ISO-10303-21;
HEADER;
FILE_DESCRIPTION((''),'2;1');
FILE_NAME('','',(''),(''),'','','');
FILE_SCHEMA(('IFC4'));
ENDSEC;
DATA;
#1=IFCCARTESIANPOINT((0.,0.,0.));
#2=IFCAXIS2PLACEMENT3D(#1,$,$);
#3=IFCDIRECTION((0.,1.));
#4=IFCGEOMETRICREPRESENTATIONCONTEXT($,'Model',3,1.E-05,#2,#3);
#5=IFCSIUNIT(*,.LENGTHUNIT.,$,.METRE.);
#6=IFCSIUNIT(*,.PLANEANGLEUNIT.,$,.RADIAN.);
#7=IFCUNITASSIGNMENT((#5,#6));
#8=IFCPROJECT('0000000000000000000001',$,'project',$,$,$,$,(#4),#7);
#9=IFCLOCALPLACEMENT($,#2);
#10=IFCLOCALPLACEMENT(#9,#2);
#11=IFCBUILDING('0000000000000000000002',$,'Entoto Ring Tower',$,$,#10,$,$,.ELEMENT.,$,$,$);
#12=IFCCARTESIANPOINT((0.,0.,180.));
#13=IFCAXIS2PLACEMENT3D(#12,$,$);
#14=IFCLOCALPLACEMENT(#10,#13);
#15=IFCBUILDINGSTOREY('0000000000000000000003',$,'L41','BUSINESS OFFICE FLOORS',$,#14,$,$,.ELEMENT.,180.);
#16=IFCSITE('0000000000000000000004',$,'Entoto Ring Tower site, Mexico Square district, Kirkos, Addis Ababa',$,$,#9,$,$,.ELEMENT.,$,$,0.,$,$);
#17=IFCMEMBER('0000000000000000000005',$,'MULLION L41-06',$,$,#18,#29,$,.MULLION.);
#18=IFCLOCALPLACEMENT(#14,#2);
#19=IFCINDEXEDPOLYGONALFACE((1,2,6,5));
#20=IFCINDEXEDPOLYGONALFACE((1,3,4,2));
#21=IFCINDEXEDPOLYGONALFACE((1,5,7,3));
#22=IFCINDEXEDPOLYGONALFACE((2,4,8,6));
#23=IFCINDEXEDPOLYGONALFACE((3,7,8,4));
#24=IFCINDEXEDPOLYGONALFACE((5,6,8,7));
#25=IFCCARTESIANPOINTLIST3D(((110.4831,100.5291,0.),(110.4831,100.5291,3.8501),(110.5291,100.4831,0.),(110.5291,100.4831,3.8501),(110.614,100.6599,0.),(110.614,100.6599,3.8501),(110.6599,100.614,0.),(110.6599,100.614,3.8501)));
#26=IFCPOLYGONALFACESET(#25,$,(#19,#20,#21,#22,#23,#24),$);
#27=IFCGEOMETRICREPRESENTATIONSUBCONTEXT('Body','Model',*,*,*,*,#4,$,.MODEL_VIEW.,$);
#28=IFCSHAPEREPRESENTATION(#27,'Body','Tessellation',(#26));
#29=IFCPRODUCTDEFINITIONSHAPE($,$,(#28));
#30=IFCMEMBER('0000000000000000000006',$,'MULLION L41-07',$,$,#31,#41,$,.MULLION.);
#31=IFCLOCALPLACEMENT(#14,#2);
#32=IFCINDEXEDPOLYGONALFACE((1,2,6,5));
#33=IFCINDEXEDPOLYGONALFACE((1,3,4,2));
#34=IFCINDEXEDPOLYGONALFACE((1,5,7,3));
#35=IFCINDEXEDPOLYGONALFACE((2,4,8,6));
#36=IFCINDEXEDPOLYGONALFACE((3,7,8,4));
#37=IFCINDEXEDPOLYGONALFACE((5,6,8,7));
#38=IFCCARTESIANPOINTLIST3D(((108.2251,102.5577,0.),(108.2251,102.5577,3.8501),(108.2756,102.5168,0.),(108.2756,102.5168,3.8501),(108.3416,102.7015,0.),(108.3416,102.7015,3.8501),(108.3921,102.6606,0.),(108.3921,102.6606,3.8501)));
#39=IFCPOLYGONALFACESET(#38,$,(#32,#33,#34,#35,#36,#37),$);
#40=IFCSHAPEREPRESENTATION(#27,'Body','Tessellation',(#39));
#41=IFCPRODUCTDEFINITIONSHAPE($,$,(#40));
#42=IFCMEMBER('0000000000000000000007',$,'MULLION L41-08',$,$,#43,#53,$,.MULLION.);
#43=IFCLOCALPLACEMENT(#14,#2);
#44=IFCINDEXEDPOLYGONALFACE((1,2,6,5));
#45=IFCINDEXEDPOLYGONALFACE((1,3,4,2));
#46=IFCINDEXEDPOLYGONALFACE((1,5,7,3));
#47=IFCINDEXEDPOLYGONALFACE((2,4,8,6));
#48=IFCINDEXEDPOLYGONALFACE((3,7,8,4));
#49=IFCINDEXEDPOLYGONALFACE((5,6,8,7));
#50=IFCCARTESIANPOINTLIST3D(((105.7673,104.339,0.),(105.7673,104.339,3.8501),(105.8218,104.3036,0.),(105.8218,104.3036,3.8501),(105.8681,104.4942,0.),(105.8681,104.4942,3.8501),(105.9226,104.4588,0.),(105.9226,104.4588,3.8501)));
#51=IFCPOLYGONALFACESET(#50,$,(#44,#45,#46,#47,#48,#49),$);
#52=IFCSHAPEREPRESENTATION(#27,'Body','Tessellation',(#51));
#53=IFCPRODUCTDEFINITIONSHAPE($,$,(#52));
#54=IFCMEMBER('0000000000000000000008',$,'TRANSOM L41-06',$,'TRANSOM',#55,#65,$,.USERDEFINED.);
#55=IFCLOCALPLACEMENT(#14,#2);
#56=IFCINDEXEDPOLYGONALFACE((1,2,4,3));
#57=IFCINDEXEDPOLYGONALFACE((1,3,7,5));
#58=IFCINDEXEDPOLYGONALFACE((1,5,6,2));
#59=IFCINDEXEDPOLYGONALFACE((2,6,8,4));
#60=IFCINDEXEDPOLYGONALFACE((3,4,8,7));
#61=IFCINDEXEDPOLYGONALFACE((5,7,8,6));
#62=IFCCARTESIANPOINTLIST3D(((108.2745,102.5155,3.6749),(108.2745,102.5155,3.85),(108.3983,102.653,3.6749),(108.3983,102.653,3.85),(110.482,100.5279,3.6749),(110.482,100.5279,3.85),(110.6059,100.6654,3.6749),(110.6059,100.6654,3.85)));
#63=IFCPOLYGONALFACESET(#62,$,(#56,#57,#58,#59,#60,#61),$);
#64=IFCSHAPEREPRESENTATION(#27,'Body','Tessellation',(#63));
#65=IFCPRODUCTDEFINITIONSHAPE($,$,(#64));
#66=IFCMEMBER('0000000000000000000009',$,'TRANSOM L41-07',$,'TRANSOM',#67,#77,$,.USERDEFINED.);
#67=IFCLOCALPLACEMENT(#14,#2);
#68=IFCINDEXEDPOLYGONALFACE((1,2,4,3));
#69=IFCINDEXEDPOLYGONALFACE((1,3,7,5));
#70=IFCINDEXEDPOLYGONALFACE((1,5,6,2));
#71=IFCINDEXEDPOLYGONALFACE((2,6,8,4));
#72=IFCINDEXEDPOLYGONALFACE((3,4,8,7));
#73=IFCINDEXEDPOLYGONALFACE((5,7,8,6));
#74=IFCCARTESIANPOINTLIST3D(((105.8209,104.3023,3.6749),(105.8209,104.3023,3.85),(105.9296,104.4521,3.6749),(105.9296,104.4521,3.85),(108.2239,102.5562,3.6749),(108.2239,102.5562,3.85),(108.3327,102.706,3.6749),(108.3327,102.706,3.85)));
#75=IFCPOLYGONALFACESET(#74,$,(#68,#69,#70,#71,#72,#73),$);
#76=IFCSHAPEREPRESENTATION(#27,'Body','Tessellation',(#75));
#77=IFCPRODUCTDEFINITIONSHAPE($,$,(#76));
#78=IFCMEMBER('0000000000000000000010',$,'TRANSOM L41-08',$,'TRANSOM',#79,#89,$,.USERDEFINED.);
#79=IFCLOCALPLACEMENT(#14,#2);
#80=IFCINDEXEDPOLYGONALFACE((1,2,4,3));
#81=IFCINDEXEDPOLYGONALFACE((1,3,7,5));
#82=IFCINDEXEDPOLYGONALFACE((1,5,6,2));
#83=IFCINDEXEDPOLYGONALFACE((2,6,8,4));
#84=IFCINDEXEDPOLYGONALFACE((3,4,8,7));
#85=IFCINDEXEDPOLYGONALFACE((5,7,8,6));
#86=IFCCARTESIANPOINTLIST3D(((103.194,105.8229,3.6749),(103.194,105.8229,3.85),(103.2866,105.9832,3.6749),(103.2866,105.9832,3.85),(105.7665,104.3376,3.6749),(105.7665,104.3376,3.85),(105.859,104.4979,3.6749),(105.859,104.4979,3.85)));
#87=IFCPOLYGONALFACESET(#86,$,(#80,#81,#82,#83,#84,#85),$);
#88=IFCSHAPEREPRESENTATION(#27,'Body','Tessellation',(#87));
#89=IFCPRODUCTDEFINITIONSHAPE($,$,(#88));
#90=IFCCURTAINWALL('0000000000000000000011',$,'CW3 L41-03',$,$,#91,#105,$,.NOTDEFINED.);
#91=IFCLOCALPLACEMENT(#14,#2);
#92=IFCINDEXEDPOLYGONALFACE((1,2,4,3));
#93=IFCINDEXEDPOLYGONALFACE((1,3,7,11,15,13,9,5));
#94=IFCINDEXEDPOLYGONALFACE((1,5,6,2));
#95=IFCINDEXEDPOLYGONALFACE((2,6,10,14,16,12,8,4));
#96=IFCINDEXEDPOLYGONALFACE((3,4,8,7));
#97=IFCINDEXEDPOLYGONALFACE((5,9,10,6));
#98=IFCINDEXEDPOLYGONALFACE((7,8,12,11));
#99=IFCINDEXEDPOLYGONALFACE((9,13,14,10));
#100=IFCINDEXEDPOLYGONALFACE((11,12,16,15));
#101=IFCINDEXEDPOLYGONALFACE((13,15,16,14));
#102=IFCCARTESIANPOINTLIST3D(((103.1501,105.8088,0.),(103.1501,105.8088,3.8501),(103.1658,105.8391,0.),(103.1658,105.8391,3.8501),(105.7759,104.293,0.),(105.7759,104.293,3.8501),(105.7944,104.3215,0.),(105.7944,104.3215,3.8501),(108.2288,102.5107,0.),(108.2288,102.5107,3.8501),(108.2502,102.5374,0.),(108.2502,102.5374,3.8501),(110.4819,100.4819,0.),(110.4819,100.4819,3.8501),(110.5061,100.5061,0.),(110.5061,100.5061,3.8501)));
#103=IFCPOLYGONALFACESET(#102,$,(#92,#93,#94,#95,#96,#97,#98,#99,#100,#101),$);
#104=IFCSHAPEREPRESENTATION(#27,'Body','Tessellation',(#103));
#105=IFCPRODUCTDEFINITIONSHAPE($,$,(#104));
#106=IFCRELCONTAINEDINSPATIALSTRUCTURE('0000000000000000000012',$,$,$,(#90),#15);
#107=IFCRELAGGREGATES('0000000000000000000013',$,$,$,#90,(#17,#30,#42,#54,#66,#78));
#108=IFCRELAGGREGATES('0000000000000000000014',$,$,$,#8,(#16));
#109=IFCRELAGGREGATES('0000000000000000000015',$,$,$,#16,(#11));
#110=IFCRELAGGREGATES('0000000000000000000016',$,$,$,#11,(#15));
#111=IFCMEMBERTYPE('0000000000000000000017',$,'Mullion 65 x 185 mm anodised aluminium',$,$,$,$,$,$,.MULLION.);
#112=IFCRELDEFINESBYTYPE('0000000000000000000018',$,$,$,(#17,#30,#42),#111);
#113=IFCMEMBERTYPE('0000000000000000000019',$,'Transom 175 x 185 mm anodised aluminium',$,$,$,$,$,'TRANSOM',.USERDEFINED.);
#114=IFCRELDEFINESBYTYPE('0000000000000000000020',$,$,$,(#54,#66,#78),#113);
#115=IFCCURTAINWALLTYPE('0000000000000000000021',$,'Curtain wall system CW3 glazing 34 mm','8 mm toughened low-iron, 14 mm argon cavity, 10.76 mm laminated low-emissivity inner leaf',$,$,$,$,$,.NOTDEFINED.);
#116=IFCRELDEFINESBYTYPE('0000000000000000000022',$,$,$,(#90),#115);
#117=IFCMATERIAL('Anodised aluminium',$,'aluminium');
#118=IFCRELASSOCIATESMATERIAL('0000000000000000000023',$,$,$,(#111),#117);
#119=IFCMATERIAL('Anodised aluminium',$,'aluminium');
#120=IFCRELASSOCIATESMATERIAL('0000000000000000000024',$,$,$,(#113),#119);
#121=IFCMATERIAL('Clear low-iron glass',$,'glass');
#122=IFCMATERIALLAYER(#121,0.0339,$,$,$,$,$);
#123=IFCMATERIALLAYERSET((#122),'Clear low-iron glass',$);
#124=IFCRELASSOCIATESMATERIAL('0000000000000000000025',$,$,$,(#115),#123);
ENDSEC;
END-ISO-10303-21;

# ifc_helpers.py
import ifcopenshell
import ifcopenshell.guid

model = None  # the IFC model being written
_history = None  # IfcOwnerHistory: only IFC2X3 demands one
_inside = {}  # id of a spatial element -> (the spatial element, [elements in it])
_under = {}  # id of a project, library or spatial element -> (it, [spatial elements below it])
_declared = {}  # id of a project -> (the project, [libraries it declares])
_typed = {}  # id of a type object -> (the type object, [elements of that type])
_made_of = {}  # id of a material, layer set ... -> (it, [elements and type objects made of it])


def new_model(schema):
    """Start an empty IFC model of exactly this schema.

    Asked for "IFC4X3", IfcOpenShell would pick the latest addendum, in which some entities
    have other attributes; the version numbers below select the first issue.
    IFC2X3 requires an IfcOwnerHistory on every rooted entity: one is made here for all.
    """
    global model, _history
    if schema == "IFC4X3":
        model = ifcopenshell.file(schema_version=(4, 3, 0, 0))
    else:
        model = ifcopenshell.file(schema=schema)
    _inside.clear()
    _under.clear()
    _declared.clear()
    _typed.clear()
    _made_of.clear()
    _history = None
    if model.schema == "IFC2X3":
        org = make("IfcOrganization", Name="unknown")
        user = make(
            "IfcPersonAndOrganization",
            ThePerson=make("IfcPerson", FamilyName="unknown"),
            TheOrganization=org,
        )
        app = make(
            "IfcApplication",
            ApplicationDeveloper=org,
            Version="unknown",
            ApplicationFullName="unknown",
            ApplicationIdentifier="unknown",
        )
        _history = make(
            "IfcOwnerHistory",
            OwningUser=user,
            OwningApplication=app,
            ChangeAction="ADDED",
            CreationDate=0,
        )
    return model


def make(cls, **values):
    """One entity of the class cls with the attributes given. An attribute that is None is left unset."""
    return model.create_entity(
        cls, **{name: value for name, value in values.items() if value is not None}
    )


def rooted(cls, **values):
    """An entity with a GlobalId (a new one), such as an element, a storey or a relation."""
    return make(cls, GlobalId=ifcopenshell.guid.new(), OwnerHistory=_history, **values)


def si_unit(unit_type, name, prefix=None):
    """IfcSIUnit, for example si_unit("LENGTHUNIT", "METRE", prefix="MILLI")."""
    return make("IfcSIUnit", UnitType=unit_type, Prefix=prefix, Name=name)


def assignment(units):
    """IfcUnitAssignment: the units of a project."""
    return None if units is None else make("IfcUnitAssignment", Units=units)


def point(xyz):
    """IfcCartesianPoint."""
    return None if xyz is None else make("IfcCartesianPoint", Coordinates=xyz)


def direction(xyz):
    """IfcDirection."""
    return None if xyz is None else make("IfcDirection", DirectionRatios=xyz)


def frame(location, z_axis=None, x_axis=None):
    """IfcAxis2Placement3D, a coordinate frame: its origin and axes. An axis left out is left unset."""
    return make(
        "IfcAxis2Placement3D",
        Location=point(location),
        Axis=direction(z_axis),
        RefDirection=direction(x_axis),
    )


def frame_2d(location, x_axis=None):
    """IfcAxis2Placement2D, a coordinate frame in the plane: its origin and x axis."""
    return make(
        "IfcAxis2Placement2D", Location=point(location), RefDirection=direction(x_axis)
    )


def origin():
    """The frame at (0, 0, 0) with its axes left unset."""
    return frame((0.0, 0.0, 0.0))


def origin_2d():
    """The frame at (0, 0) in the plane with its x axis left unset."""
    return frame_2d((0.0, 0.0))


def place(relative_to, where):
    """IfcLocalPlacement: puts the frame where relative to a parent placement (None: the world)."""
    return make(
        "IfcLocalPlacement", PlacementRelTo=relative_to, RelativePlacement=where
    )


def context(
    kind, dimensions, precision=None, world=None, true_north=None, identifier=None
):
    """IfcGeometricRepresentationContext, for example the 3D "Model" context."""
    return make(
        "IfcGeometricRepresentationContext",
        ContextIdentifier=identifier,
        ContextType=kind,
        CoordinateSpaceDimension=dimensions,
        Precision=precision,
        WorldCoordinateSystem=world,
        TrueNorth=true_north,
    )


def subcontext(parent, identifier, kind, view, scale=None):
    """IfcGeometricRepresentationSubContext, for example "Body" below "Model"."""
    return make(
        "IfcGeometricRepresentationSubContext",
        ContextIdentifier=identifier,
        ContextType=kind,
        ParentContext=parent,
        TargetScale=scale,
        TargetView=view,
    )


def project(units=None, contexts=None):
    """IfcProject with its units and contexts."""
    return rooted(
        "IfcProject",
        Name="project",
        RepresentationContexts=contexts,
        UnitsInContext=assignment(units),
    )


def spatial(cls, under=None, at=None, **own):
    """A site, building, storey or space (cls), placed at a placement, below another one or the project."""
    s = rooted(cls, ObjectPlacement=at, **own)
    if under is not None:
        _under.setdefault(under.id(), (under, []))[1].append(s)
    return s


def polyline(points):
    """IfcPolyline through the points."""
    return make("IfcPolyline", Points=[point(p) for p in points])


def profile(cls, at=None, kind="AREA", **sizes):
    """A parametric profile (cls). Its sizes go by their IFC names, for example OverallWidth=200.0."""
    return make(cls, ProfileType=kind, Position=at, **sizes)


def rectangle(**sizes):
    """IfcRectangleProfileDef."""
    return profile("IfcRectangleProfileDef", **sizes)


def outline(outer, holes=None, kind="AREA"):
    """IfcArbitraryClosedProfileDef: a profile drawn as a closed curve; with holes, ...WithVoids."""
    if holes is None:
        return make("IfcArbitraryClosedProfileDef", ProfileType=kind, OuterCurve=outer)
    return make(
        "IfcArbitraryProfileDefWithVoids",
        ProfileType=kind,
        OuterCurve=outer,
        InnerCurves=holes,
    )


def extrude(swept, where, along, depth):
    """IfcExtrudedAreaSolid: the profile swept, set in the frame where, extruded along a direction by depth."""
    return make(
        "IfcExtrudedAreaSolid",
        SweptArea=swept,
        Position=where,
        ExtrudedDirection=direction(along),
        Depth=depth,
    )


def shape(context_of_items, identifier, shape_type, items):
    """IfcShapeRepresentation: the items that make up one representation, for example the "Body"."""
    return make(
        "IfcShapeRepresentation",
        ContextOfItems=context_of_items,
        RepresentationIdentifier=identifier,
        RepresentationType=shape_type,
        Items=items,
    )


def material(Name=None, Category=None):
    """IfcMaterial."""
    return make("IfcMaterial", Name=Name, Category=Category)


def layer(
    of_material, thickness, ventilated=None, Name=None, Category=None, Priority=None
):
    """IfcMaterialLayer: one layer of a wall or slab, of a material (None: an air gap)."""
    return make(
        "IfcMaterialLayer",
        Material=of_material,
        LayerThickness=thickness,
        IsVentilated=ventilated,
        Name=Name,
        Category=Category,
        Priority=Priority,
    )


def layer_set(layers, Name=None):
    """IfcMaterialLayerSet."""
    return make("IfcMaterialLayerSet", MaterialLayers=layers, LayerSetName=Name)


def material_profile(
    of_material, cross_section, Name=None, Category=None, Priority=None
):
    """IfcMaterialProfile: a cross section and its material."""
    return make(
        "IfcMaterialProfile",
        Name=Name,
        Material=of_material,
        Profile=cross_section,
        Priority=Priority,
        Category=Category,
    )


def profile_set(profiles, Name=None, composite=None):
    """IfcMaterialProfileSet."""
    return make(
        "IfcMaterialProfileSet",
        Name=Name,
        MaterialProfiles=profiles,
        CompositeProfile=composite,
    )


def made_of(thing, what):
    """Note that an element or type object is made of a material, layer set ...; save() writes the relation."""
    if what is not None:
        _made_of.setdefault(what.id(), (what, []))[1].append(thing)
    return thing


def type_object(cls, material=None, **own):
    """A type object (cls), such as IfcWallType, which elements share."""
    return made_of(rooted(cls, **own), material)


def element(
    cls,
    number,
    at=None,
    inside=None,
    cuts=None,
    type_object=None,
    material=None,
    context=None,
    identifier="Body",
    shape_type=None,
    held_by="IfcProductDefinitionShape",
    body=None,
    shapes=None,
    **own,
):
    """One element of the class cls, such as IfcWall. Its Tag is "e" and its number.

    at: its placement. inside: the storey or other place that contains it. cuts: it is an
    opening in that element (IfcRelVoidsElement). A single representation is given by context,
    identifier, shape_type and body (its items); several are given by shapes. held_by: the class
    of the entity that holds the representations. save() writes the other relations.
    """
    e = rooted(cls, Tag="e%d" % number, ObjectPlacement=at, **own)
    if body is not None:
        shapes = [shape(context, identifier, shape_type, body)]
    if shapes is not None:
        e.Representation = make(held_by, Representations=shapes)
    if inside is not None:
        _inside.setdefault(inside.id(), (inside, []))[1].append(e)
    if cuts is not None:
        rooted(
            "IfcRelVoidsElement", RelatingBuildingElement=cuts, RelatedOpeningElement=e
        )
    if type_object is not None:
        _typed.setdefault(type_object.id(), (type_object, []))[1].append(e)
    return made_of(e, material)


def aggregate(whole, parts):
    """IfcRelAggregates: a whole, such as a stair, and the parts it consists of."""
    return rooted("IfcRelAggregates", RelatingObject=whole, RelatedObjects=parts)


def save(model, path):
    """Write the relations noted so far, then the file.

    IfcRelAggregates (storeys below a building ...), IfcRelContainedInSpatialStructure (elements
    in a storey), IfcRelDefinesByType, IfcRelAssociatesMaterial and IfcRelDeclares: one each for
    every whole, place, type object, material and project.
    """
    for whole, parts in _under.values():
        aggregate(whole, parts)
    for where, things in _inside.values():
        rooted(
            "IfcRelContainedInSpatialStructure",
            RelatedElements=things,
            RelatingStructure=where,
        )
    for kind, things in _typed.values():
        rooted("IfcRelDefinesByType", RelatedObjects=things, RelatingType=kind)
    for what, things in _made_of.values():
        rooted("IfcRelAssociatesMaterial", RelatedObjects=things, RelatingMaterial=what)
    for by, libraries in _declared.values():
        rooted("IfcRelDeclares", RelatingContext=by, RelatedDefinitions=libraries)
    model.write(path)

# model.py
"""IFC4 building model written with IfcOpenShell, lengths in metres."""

from ifc_helpers import new_model, si_unit, direction, frame, origin, origin_2d, place, context, subcontext, project, spatial, polyline, rectangle, outline, extrude, material, layer, layer_set, material_profile, profile_set, type_object, element, aggregate, save


model = new_model("IFC4")

# Units and contexts
model_context = context("Model", 3, precision=1e-05, world=origin(), true_north=direction((0.0, 1.0)))
body_context = subcontext(model_context, "Body", "Model", "MODEL_VIEW")
ifc_project = project(units=[si_unit("LENGTHUNIT", "METRE"), si_unit("PLANEANGLEUNIT", "RADIAN")], contexts=[model_context])

# Members
ifc_material_1 = material(Name="Anodised aluminium", Category="aluminium")
ifc_material_profile_1 = material_profile(ifc_material_1, rectangle(XDim=0.0649, YDim=0.1851, at=origin_2d()), Name="Mullion 65 x 185 mm anodised aluminium")
ifc_profile_set_1 = profile_set([ifc_material_profile_1], Name="Anodised aluminium")
member_type_1 = type_object("IfcMemberType", Name="Mullion 65 x 185 mm anodised aluminium", PredefinedType="MULLION", material=ifc_profile_set_1)
site_placement = place(None, origin())
building_placement = place(site_placement, origin())
storey_placement = place(building_placement, frame((0.0, 0.0, 180.0)))
member_1_placement = place(storey_placement, frame((110.5715, 100.5715, 0.0), z_axis=(0.0, 0.0, 1.0), x_axis=(-0.707107, 0.707107, 0.0)))
member_1 = element("IfcMember", 1, at=member_1_placement, type_object=member_type_1, Name="MULLION L41-06", PredefinedType="MULLION", context=body_context, shape_type="SweptSolid", body=[
    extrude(rectangle(XDim=0.0649, YDim=0.1851, at=origin_2d()), origin(), (0.0, 0.0, 1.0), 3.8501),
])
member_2_placement = place(storey_placement, frame((108.3086, 102.6091, 0.0), z_axis=(0.0, 0.0, 1.0), x_axis=(-0.777146, 0.62932, 0.0)))
member_2 = element("IfcMember", 2, at=member_2_placement, type_object=member_type_1, Name="MULLION L41-07", PredefinedType="MULLION", context=body_context, shape_type="SweptSolid", body=[
    extrude(rectangle(XDim=0.0649, YDim=0.1851, at=origin_2d()), origin(), (0.0, 0.0, 1.0), 3.8501),
])
member_3_placement = place(storey_placement, frame((105.845, 104.3989, 0.0), z_axis=(0.0, 0.0, 1.0), x_axis=(-0.838671, 0.544639, 0.0)))
member_3 = element("IfcMember", 3, at=member_3_placement, type_object=member_type_1, Name="MULLION L41-08", PredefinedType="MULLION", context=body_context, shape_type="SweptSolid", body=[
    extrude(rectangle(XDim=0.0649, YDim=0.1851, at=origin_2d()), origin(), (0.0, 0.0, 1.0), 3.8501),
])
ifc_material_2 = material(Name="Anodised aluminium", Category="aluminium")
ifc_material_profile_2 = material_profile(ifc_material_2, rectangle(XDim=0.1851, YDim=0.175, at=origin_2d()), Name="Transom 175 x 185 mm anodised aluminium")
ifc_profile_set_2 = profile_set([ifc_material_profile_2], Name="Anodised aluminium")
member_type_2 = type_object("IfcMemberType", Name="Transom 175 x 185 mm anodised aluminium", ElementType="TRANSOM", PredefinedType="USERDEFINED", material=ifc_profile_set_2)
member_4_placement = place(storey_placement, frame((110.5439, 100.5967, 3.7625), z_axis=(-0.743163, 0.66911, 0.0), x_axis=(-0.66911, -0.743163, 0.0)))
member_4 = element("IfcMember", 4, at=member_4_placement, type_object=member_type_2, Name="TRANSOM L41-06", ObjectType="TRANSOM", PredefinedType="USERDEFINED", context=body_context, shape_type="SweptSolid", body=[
    extrude(rectangle(XDim=0.1851, YDim=0.175, at=origin_2d()), origin(), (0.0, 0.0, 1.0), 2.9705),
])
member_5_placement = place(storey_placement, frame((108.2783, 102.6311, 3.7625), z_axis=(-0.808992, 0.58782, 0.0), x_axis=(-0.58782, -0.808992, 0.0)))
member_5 = element("IfcMember", 5, at=member_5_placement, type_object=member_type_2, Name="TRANSOM L41-07", ObjectType="TRANSOM", PredefinedType="USERDEFINED", context=body_context, shape_type="SweptSolid", body=[
    extrude(rectangle(XDim=0.1851, YDim=0.175, at=origin_2d()), origin(), (0.0, 0.0, 1.0), 2.9705),
])
member_6_placement = place(storey_placement, frame((105.8127, 104.4177, 3.7625), z_axis=(-0.866009, 0.500028, 0.0), x_axis=(-0.500028, -0.866009, 0.0)))
member_6 = element("IfcMember", 6, at=member_6_placement, type_object=member_type_2, Name="TRANSOM L41-08", ObjectType="TRANSOM", PredefinedType="USERDEFINED", context=body_context, shape_type="SweptSolid", body=[
    extrude(rectangle(XDim=0.1851, YDim=0.175, at=origin_2d()), origin(), (0.0, 0.0, 1.0), 2.9705),
])

# Site, building, storey
site = spatial("IfcSite", under=ifc_project, at=site_placement, Name="Entoto Ring Tower site, Mexico Square district, Kirkos, Addis Ababa", CompositionType="ELEMENT", RefElevation=0.0)
building = spatial("IfcBuilding", under=site, at=building_placement, Name="Entoto Ring Tower", CompositionType="ELEMENT")
storey = spatial("IfcBuildingStorey", under=building, at=storey_placement, Name="L41", Description="BUSINESS OFFICE FLOORS", CompositionType="ELEMENT", Elevation=180.0)

# Curtain wall
ifc_material_3 = material(Name="Clear low-iron glass", Category="glass")
ifc_layer = layer(ifc_material_3, 0.0339)
ifc_layer_set = layer_set([ifc_layer], Name="Clear low-iron glass")
curtain_wall_type = type_object("IfcCurtainWallType", Name="Curtain wall system CW3 glazing 34 mm", Description="8 mm toughened low-iron, 14 mm argon cavity, 10.76 mm laminated low-emissivity inner leaf", PredefinedType="NOTDEFINED", material=ifc_layer_set)
curtain_wall_1_placement = place(storey_placement, origin())
curtain_wall_1 = element("IfcCurtainWall", 7, at=curtain_wall_1_placement, inside=storey, type_object=curtain_wall_type, Name="CW3 L41-03", PredefinedType="NOTDEFINED", context=body_context, shape_type="SweptSolid", body=[
    extrude(outline(polyline([(110.5061, 100.5061), (108.2502, 102.5374), (105.7944, 104.3215), (103.1658, 105.8391), (103.1501, 105.8088), (105.7759, 104.293), (108.2288, 102.5107), (110.4819, 100.4819), (110.5061, 100.5061)])), origin(), (0.0, 0.0, 1.0), 3.8501),
])
aggregate(curtain_wall_1, [member_1, member_2, member_3, member_4, member_5, member_6])

save(model, "model.ifc")
